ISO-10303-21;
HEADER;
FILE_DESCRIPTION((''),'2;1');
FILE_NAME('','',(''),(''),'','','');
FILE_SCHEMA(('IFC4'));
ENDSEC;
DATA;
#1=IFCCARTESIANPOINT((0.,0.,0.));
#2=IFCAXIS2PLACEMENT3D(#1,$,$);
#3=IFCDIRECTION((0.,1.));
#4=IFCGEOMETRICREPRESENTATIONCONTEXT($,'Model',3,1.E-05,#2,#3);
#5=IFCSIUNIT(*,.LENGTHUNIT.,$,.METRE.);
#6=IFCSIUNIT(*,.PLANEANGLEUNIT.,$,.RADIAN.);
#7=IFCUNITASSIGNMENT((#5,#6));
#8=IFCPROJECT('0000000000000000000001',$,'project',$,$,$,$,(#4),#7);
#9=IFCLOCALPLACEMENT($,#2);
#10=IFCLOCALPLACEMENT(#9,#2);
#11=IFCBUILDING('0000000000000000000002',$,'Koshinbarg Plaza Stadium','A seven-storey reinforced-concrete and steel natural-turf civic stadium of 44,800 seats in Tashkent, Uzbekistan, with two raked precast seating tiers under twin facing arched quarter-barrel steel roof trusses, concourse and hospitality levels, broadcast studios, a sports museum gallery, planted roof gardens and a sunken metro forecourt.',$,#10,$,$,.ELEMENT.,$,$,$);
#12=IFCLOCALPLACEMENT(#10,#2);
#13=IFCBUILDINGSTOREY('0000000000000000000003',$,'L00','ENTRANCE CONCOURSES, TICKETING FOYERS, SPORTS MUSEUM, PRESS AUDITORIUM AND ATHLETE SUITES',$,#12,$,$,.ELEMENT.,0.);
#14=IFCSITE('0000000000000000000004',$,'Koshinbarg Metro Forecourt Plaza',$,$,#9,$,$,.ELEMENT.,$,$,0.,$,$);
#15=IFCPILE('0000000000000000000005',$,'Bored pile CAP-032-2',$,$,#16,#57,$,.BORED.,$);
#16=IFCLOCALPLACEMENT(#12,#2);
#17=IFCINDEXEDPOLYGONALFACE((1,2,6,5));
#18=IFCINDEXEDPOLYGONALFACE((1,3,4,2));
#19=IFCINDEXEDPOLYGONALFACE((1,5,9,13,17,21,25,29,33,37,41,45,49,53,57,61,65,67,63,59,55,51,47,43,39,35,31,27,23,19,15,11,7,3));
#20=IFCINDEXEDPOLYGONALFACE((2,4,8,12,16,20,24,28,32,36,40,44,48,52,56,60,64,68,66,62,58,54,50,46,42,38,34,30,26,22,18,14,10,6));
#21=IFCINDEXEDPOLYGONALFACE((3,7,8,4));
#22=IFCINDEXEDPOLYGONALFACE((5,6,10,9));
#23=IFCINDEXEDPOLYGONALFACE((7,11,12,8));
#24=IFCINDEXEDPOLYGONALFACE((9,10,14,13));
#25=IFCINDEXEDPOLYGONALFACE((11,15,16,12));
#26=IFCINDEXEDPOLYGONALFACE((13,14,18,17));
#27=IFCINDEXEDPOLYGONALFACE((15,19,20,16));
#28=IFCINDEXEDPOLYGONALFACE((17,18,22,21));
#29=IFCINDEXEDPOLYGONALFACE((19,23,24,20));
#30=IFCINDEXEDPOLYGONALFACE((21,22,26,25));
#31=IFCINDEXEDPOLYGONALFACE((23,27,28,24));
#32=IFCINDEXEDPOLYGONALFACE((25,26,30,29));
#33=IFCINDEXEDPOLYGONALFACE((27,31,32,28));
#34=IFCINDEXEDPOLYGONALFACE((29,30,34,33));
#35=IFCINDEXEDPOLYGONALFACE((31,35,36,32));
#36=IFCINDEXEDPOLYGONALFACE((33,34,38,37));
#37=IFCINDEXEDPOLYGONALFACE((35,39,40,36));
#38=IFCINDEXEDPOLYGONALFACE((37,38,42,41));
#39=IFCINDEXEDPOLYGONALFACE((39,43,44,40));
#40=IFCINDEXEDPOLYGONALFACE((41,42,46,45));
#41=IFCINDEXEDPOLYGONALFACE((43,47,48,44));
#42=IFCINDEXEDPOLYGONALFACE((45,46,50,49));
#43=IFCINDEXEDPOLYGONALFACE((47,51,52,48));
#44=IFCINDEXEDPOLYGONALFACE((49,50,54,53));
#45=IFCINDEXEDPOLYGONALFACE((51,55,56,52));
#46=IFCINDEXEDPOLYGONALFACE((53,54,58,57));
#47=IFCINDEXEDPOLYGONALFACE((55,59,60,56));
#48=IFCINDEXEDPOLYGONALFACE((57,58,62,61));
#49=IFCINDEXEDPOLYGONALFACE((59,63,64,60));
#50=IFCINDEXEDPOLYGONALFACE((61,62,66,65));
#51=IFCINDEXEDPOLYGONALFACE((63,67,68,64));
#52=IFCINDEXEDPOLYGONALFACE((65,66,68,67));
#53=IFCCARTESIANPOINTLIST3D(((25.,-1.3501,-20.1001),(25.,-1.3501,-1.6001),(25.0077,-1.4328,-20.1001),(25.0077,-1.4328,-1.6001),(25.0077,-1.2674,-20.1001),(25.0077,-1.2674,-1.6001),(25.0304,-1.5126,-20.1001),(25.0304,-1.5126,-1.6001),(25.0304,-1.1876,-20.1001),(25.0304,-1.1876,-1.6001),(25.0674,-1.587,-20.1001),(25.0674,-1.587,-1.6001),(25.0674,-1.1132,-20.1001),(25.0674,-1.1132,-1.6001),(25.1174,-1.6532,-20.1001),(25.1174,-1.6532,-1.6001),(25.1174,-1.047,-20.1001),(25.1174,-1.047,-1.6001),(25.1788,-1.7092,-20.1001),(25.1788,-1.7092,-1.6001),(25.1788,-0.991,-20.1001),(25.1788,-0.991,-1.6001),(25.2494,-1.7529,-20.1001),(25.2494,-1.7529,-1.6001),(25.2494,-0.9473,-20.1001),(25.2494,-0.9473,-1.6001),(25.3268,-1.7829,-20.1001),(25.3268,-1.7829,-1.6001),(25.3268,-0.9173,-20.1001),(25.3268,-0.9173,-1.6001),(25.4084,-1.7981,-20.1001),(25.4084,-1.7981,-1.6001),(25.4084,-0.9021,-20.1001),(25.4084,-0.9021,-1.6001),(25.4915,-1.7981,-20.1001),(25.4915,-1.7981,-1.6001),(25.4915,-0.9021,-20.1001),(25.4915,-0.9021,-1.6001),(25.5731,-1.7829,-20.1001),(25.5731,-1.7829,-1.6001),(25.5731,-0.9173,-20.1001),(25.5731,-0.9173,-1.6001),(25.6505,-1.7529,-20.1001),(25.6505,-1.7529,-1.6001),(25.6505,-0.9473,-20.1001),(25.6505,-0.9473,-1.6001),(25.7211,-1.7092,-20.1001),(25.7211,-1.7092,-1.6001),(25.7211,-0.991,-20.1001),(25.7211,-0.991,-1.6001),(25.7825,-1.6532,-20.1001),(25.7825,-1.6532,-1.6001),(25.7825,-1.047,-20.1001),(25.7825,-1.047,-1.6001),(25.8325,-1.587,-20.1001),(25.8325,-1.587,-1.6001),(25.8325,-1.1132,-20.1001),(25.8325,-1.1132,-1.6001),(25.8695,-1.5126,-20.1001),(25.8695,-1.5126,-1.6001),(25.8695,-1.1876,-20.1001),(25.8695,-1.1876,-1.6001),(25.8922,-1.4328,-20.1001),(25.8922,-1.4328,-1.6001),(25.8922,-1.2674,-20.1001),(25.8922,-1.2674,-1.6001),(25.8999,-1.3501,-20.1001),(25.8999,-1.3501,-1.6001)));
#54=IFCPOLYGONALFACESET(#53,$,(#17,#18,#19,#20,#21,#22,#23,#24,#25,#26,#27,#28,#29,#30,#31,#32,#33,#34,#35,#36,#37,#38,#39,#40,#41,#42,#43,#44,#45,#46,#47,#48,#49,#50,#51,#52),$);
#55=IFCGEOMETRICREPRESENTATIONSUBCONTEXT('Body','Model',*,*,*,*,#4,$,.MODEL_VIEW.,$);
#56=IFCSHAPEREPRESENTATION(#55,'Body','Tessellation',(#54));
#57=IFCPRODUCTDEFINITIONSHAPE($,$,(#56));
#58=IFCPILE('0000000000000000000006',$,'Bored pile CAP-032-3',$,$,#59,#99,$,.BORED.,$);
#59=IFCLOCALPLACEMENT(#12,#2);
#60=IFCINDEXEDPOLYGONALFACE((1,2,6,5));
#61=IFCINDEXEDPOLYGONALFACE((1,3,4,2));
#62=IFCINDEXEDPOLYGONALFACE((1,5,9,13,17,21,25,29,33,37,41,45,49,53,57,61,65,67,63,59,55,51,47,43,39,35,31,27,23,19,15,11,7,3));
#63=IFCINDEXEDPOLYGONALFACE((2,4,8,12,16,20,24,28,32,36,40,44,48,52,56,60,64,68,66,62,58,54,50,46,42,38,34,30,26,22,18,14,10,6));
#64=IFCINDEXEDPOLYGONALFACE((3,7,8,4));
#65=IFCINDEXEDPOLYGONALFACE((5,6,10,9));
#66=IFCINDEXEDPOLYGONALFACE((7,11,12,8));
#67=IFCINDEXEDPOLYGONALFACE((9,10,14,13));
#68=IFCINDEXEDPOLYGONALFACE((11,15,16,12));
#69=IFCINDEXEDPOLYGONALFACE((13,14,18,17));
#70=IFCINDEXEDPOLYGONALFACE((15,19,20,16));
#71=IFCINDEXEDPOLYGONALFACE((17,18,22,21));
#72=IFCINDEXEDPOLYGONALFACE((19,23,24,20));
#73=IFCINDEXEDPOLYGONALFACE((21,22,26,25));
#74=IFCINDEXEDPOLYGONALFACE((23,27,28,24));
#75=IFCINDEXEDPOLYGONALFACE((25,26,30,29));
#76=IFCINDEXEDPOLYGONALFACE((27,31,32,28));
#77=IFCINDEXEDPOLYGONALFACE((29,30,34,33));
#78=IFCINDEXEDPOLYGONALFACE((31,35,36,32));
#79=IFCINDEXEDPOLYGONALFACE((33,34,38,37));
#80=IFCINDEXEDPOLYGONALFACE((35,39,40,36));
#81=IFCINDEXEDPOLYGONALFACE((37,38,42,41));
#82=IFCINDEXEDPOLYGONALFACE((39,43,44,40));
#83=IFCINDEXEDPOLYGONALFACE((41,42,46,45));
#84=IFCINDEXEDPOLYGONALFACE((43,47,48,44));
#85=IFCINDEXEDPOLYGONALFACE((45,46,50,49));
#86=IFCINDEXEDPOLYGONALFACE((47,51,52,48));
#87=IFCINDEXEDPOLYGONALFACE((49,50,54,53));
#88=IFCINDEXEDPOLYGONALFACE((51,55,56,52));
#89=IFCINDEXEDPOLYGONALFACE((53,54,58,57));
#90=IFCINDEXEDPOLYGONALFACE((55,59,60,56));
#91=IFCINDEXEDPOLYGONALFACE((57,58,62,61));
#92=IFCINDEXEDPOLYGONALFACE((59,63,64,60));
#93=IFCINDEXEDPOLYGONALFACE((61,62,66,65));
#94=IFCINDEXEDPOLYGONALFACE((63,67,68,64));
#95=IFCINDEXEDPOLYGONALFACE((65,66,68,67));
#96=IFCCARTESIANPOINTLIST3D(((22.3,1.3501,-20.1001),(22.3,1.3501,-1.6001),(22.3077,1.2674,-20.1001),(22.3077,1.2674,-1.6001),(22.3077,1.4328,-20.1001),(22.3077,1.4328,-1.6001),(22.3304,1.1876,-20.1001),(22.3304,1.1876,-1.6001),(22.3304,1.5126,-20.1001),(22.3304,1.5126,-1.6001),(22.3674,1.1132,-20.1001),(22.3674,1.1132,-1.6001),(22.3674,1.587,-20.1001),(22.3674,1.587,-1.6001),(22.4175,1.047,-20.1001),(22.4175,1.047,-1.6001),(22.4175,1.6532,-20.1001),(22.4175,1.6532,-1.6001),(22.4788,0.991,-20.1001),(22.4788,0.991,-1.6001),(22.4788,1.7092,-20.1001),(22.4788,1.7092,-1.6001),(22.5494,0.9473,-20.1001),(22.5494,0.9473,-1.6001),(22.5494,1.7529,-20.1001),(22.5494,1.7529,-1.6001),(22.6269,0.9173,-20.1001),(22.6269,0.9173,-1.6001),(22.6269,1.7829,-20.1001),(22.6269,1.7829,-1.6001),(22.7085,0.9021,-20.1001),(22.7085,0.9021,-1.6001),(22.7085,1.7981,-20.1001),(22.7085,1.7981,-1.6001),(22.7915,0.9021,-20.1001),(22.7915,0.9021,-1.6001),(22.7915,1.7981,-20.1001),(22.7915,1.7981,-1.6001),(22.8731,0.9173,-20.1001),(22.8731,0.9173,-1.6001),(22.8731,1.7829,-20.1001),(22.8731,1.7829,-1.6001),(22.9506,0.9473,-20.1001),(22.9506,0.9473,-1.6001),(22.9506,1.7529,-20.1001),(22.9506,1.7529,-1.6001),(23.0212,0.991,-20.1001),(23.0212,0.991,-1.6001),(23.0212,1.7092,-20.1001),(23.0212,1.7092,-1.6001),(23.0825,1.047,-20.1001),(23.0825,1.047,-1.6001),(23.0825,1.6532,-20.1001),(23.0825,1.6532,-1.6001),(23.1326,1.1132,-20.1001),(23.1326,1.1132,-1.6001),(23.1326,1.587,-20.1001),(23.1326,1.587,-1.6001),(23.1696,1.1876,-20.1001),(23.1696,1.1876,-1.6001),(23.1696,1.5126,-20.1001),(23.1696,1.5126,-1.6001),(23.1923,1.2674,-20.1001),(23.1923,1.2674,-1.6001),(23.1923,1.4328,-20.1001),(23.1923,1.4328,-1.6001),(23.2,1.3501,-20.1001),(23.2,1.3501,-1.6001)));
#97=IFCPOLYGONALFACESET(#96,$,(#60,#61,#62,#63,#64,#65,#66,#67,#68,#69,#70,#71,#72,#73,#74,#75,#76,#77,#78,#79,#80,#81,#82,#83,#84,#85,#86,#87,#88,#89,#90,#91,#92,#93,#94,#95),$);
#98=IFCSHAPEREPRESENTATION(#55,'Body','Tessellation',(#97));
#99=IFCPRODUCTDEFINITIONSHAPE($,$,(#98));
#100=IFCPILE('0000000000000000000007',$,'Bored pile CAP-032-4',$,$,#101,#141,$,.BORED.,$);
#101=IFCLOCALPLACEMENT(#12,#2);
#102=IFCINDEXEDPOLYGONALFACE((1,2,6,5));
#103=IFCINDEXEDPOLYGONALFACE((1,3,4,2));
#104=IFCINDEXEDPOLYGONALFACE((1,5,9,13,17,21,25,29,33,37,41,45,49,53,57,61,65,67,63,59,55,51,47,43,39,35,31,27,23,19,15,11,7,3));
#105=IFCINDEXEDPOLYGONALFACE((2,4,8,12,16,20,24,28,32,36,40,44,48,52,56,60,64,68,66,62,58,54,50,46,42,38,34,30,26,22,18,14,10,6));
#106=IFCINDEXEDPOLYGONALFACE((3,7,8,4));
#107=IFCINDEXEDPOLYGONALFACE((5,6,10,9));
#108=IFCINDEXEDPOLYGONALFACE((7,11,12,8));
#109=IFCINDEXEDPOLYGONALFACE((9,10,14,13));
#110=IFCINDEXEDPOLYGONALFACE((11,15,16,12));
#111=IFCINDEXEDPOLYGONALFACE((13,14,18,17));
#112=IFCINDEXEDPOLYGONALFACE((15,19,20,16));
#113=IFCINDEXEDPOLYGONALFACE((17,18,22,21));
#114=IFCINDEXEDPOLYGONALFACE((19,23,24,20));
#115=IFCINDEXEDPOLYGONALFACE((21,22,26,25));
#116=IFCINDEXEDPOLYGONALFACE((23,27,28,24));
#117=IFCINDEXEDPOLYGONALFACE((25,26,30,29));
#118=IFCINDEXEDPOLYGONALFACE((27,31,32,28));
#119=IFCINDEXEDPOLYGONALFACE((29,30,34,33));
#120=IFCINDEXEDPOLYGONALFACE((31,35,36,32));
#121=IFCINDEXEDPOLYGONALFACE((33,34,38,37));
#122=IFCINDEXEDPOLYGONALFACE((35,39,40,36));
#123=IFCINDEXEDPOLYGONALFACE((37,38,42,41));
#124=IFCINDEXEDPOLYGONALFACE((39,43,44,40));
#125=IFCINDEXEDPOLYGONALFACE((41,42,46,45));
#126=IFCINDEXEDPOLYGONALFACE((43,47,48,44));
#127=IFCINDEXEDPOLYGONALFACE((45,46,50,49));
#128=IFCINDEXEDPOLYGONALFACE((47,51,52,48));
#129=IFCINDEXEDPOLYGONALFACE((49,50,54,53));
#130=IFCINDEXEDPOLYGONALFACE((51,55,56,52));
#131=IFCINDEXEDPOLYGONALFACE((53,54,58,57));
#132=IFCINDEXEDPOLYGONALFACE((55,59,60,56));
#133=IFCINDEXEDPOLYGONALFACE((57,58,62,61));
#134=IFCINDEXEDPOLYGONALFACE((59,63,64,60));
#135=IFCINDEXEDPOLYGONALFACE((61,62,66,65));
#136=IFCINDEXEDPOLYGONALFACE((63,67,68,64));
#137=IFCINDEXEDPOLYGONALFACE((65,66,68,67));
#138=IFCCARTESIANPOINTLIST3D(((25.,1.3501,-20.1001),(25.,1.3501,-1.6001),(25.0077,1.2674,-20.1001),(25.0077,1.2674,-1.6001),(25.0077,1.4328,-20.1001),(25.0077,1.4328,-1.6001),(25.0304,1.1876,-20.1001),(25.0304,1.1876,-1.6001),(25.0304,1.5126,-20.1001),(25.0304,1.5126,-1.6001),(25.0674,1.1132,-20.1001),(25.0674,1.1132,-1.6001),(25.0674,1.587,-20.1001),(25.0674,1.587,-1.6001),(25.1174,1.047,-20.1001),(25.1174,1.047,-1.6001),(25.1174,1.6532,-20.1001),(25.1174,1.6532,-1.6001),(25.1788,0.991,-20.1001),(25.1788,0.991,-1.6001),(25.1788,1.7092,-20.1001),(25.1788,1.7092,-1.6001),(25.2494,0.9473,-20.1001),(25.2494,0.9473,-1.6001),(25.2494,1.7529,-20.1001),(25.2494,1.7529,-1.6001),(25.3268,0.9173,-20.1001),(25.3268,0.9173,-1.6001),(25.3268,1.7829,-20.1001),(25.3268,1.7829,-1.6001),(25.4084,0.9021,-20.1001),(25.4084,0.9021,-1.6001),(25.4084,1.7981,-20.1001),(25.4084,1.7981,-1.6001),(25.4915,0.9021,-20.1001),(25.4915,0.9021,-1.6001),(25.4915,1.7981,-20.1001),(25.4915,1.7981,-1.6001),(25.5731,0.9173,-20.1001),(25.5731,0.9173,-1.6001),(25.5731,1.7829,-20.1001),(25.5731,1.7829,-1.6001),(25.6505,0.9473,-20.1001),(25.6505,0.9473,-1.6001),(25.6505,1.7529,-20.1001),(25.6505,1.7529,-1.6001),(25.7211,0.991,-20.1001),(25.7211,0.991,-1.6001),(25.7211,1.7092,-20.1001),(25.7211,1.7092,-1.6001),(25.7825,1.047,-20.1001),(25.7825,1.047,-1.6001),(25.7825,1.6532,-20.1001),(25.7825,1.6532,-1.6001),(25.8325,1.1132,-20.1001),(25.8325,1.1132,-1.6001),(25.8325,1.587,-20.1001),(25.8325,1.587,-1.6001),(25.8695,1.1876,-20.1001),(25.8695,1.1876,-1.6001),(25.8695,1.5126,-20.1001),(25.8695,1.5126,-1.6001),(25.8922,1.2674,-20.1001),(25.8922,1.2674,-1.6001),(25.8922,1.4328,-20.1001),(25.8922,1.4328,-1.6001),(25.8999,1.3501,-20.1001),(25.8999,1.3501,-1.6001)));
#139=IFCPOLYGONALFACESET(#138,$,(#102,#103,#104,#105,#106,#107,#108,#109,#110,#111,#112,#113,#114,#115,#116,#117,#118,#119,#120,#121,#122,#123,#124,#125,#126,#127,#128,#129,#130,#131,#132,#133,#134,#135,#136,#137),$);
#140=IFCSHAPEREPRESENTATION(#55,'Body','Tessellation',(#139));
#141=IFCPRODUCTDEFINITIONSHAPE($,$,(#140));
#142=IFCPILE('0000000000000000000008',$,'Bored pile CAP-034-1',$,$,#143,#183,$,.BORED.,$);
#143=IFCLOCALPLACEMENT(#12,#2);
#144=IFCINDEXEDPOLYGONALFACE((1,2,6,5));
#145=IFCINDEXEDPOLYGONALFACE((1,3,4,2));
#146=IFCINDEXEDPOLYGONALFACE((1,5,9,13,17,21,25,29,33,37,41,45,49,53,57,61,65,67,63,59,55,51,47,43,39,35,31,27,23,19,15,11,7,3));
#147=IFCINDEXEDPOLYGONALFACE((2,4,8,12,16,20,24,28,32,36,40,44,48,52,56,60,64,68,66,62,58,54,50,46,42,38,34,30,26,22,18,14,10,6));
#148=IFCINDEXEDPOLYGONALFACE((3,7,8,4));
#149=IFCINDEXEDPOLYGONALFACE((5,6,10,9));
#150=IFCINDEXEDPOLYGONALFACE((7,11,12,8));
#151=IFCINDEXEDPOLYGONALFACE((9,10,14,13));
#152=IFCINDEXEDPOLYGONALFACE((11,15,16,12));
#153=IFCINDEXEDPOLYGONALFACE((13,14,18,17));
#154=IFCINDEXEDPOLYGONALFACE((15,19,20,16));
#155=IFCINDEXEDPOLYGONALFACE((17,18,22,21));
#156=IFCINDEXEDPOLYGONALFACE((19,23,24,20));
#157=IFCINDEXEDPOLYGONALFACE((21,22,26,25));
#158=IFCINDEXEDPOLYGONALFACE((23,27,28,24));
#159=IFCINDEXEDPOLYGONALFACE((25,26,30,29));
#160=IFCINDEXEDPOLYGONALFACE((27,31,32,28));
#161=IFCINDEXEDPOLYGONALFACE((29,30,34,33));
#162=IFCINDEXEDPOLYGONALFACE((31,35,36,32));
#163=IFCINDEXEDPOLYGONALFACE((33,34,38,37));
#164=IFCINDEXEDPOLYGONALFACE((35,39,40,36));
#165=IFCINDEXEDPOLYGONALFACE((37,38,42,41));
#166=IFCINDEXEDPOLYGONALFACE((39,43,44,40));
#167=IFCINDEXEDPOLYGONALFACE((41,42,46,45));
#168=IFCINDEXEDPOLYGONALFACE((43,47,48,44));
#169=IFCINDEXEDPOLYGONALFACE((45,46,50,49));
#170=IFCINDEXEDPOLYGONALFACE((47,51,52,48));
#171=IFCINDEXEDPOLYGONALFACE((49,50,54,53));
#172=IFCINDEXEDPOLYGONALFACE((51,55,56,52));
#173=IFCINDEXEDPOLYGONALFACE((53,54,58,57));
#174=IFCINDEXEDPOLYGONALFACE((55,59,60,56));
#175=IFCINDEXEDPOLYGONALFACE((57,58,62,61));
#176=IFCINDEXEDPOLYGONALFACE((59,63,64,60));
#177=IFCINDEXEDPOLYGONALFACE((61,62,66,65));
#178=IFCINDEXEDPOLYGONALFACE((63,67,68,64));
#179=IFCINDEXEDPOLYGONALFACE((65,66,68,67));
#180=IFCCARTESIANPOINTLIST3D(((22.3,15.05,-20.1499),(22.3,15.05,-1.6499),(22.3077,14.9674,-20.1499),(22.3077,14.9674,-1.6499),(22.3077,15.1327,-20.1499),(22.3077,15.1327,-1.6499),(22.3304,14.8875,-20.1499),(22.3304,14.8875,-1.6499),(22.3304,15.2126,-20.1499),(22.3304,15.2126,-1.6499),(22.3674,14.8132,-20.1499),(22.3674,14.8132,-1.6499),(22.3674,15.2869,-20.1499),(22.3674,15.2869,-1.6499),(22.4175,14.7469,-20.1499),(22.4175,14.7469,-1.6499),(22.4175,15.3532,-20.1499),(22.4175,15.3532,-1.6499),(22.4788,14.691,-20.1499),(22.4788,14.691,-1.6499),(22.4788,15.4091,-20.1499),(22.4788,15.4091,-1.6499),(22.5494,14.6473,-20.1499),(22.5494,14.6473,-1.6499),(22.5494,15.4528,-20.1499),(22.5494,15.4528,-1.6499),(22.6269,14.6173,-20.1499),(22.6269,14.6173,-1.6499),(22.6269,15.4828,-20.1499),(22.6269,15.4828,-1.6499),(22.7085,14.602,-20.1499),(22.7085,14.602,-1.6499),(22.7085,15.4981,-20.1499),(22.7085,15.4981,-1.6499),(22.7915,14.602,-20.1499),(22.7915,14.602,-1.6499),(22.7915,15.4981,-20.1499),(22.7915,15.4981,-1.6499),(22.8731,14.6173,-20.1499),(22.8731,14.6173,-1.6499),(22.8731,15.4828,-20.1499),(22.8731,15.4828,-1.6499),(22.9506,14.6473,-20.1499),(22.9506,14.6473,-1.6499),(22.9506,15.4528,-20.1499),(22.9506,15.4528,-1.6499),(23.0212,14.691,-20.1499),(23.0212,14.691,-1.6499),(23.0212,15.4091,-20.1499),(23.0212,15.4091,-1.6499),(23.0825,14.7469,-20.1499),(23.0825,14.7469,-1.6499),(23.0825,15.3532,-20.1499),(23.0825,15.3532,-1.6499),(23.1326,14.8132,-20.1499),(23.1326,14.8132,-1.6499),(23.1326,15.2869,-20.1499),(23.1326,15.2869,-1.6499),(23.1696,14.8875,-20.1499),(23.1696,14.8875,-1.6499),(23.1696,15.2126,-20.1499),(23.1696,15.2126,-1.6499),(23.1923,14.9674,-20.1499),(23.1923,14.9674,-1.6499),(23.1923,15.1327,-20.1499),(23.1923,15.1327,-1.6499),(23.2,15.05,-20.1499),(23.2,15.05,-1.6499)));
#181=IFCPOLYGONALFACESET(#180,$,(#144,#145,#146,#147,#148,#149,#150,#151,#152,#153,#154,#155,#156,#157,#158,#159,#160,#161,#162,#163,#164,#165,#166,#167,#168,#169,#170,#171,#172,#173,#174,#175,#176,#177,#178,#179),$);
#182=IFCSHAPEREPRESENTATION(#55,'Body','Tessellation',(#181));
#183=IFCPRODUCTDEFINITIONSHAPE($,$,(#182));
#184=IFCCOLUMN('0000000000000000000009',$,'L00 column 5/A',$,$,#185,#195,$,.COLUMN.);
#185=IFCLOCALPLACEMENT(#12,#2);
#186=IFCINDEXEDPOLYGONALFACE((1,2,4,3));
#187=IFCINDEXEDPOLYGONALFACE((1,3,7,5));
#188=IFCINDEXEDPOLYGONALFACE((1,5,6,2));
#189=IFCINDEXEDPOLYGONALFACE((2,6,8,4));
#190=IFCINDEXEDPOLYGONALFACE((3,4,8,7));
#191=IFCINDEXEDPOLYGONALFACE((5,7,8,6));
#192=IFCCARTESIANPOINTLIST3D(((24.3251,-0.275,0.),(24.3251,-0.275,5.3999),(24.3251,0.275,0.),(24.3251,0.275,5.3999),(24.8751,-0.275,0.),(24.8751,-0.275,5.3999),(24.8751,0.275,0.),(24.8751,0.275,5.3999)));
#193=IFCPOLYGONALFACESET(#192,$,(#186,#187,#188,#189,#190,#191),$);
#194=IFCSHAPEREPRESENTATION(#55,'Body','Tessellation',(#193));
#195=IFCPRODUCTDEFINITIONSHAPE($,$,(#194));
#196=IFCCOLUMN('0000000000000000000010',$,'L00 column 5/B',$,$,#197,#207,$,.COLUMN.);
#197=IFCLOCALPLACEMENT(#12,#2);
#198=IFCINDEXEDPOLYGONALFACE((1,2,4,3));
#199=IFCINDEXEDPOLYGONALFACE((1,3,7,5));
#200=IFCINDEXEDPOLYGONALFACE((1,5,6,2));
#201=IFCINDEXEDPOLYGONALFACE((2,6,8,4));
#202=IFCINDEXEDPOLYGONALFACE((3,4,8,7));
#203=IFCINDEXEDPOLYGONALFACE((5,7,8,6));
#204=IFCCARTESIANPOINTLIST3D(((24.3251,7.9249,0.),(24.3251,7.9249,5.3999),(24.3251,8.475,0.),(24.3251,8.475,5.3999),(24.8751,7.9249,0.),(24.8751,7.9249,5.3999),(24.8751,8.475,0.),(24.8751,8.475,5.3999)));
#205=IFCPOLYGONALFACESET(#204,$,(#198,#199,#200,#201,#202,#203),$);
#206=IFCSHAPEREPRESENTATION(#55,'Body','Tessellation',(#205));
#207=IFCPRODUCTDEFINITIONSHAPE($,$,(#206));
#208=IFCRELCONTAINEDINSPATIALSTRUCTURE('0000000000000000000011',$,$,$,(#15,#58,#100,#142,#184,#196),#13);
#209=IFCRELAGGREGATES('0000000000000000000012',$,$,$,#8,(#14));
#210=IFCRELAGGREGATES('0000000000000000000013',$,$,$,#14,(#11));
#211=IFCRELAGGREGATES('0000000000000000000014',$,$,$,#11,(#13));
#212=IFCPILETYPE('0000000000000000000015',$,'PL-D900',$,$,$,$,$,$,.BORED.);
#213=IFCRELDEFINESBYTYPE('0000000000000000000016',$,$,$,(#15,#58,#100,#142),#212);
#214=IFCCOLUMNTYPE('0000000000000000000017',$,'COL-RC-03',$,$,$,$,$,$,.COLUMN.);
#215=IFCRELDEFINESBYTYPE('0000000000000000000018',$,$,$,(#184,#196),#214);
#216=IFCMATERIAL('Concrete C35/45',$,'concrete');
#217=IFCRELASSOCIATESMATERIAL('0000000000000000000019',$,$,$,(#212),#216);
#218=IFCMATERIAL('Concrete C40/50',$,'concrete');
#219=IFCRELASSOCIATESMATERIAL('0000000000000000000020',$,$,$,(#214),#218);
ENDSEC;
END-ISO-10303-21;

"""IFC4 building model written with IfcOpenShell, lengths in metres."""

from ifc_helpers import new_model, si_unit, direction, frame, origin, origin_2d, place, context, subcontext, project, spatial, rectangle, circle, extrude, material, material_profile, profile_set, type_object, element, save


model = new_model("IFC4")

# Units and contexts
model_context = context("Model", 3, precision=1e-05, world=origin(), true_north=direction((0.0, 1.0)))
body_context = subcontext(model_context, "Body", "Model", "MODEL_VIEW")
ifc_project = project(units=[si_unit("LENGTHUNIT", "METRE"), si_unit("PLANEANGLEUNIT", "RADIAN")], contexts=[model_context])

# Site, building, storey
site_placement = place(None, origin())
site = spatial("IfcSite", under=ifc_project, at=site_placement, Name="Koshinbarg Metro Forecourt Plaza", CompositionType="ELEMENT", RefElevation=0.0)
building_placement = place(site_placement, origin())
building = spatial("IfcBuilding", under=site, at=building_placement, Name="Koshinbarg Plaza Stadium", Description="A seven-storey reinforced-concrete and steel natural-turf civic stadium of 44,800 seats in Tashkent, Uzbekistan, with two raked precast seating tiers under twin facing arched quarter-barrel steel roof trusses, concourse and hospitality levels, broadcast studios, a sports museum gallery, planted roof gardens and a sunken metro forecourt.", CompositionType="ELEMENT")
storey_placement = place(building_placement, origin())
storey = spatial("IfcBuildingStorey", under=building, at=storey_placement, Name="L00", Description="ENTRANCE CONCOURSES, TICKETING FOYERS, SPORTS MUSEUM, PRESS AUDITORIUM AND ATHLETE SUITES", CompositionType="ELEMENT", Elevation=0.0)

# Shared definitions
ifc_material_1 = material(Name="Concrete C35/45", Category="concrete")

# Piles
ifc_material_profile_1 = material_profile(ifc_material_1, circle(Radius=0.45, at=origin_2d()), Name="PILE D900")
ifc_profile_set_1 = profile_set([ifc_material_profile_1], Name="Concrete C35/45")
pile_type_1 = type_object("IfcPileType", Name="PL-D900", PredefinedType="BORED", material=ifc_profile_set_1)
for number, where, z_axis, x_axis, name in (
    (1, (25.45, -1.3501, -1.6001), (0.0, 0.0, -1.0), (1.0, 0.0, 0.0), "Bored pile CAP-032-2"),
    (2, (22.75, 1.3501, -1.6001), (0.0, 0.0, -1.0), (1.0, 0.0, 0.0), "Bored pile CAP-032-3"),
    (3, (25.45, 1.3501, -1.6001), (0.0, 0.0, -1.0), (1.0, 0.0, 0.0), "Bored pile CAP-032-4"),
    (4, (22.75, 15.05, -1.6499), (0.0, 0.0, -1.0), (1.0, 0.0, 0.0), "Bored pile CAP-034-1"),
):
    element("IfcPile", number, at=place(storey_placement, frame(where, z_axis=z_axis, x_axis=x_axis)), inside=storey, type_object=pile_type_1, Name=name, PredefinedType="BORED", context=body_context, shape_type="SweptSolid", body=[
        extrude(circle(Radius=0.45, at=origin_2d()), origin(), (0.0, 0.0, 1.0), 18.5),
    ])

# Columns
ifc_material_2 = material(Name="Concrete C40/50", Category="concrete")
ifc_material_profile_2 = material_profile(ifc_material_2, rectangle(XDim=0.55, YDim=0.55, at=origin_2d()), Name="RC 550x550")
ifc_profile_set_2 = profile_set([ifc_material_profile_2], Name="Concrete C40/50")
column_type_1 = type_object("IfcColumnType", Name="COL-RC-03", PredefinedType="COLUMN", material=ifc_profile_set_2)
for number, where, z_axis, x_axis, name in (
    (5, (24.6001, 0.0, 0.0), (0.0, 0.0, 1.0), (1.0, 0.0, 0.0), "L00 column 5/A"),
    (6, (24.6001, 8.2, 0.0), (0.0, 0.0, 1.0), (1.0, 0.0, 0.0), "L00 column 5/B"),
):
    element("IfcColumn", number, at=place(storey_placement, frame(where, z_axis=z_axis, x_axis=x_axis)), inside=storey, type_object=column_type_1, Name=name, PredefinedType="COLUMN", context=body_context, shape_type="SweptSolid", body=[
        extrude(rectangle(XDim=0.55, YDim=0.55, at=origin_2d()), origin(), (0.0, 0.0, 1.0), 5.3999),
    ])

save(model, "model.ifc")
